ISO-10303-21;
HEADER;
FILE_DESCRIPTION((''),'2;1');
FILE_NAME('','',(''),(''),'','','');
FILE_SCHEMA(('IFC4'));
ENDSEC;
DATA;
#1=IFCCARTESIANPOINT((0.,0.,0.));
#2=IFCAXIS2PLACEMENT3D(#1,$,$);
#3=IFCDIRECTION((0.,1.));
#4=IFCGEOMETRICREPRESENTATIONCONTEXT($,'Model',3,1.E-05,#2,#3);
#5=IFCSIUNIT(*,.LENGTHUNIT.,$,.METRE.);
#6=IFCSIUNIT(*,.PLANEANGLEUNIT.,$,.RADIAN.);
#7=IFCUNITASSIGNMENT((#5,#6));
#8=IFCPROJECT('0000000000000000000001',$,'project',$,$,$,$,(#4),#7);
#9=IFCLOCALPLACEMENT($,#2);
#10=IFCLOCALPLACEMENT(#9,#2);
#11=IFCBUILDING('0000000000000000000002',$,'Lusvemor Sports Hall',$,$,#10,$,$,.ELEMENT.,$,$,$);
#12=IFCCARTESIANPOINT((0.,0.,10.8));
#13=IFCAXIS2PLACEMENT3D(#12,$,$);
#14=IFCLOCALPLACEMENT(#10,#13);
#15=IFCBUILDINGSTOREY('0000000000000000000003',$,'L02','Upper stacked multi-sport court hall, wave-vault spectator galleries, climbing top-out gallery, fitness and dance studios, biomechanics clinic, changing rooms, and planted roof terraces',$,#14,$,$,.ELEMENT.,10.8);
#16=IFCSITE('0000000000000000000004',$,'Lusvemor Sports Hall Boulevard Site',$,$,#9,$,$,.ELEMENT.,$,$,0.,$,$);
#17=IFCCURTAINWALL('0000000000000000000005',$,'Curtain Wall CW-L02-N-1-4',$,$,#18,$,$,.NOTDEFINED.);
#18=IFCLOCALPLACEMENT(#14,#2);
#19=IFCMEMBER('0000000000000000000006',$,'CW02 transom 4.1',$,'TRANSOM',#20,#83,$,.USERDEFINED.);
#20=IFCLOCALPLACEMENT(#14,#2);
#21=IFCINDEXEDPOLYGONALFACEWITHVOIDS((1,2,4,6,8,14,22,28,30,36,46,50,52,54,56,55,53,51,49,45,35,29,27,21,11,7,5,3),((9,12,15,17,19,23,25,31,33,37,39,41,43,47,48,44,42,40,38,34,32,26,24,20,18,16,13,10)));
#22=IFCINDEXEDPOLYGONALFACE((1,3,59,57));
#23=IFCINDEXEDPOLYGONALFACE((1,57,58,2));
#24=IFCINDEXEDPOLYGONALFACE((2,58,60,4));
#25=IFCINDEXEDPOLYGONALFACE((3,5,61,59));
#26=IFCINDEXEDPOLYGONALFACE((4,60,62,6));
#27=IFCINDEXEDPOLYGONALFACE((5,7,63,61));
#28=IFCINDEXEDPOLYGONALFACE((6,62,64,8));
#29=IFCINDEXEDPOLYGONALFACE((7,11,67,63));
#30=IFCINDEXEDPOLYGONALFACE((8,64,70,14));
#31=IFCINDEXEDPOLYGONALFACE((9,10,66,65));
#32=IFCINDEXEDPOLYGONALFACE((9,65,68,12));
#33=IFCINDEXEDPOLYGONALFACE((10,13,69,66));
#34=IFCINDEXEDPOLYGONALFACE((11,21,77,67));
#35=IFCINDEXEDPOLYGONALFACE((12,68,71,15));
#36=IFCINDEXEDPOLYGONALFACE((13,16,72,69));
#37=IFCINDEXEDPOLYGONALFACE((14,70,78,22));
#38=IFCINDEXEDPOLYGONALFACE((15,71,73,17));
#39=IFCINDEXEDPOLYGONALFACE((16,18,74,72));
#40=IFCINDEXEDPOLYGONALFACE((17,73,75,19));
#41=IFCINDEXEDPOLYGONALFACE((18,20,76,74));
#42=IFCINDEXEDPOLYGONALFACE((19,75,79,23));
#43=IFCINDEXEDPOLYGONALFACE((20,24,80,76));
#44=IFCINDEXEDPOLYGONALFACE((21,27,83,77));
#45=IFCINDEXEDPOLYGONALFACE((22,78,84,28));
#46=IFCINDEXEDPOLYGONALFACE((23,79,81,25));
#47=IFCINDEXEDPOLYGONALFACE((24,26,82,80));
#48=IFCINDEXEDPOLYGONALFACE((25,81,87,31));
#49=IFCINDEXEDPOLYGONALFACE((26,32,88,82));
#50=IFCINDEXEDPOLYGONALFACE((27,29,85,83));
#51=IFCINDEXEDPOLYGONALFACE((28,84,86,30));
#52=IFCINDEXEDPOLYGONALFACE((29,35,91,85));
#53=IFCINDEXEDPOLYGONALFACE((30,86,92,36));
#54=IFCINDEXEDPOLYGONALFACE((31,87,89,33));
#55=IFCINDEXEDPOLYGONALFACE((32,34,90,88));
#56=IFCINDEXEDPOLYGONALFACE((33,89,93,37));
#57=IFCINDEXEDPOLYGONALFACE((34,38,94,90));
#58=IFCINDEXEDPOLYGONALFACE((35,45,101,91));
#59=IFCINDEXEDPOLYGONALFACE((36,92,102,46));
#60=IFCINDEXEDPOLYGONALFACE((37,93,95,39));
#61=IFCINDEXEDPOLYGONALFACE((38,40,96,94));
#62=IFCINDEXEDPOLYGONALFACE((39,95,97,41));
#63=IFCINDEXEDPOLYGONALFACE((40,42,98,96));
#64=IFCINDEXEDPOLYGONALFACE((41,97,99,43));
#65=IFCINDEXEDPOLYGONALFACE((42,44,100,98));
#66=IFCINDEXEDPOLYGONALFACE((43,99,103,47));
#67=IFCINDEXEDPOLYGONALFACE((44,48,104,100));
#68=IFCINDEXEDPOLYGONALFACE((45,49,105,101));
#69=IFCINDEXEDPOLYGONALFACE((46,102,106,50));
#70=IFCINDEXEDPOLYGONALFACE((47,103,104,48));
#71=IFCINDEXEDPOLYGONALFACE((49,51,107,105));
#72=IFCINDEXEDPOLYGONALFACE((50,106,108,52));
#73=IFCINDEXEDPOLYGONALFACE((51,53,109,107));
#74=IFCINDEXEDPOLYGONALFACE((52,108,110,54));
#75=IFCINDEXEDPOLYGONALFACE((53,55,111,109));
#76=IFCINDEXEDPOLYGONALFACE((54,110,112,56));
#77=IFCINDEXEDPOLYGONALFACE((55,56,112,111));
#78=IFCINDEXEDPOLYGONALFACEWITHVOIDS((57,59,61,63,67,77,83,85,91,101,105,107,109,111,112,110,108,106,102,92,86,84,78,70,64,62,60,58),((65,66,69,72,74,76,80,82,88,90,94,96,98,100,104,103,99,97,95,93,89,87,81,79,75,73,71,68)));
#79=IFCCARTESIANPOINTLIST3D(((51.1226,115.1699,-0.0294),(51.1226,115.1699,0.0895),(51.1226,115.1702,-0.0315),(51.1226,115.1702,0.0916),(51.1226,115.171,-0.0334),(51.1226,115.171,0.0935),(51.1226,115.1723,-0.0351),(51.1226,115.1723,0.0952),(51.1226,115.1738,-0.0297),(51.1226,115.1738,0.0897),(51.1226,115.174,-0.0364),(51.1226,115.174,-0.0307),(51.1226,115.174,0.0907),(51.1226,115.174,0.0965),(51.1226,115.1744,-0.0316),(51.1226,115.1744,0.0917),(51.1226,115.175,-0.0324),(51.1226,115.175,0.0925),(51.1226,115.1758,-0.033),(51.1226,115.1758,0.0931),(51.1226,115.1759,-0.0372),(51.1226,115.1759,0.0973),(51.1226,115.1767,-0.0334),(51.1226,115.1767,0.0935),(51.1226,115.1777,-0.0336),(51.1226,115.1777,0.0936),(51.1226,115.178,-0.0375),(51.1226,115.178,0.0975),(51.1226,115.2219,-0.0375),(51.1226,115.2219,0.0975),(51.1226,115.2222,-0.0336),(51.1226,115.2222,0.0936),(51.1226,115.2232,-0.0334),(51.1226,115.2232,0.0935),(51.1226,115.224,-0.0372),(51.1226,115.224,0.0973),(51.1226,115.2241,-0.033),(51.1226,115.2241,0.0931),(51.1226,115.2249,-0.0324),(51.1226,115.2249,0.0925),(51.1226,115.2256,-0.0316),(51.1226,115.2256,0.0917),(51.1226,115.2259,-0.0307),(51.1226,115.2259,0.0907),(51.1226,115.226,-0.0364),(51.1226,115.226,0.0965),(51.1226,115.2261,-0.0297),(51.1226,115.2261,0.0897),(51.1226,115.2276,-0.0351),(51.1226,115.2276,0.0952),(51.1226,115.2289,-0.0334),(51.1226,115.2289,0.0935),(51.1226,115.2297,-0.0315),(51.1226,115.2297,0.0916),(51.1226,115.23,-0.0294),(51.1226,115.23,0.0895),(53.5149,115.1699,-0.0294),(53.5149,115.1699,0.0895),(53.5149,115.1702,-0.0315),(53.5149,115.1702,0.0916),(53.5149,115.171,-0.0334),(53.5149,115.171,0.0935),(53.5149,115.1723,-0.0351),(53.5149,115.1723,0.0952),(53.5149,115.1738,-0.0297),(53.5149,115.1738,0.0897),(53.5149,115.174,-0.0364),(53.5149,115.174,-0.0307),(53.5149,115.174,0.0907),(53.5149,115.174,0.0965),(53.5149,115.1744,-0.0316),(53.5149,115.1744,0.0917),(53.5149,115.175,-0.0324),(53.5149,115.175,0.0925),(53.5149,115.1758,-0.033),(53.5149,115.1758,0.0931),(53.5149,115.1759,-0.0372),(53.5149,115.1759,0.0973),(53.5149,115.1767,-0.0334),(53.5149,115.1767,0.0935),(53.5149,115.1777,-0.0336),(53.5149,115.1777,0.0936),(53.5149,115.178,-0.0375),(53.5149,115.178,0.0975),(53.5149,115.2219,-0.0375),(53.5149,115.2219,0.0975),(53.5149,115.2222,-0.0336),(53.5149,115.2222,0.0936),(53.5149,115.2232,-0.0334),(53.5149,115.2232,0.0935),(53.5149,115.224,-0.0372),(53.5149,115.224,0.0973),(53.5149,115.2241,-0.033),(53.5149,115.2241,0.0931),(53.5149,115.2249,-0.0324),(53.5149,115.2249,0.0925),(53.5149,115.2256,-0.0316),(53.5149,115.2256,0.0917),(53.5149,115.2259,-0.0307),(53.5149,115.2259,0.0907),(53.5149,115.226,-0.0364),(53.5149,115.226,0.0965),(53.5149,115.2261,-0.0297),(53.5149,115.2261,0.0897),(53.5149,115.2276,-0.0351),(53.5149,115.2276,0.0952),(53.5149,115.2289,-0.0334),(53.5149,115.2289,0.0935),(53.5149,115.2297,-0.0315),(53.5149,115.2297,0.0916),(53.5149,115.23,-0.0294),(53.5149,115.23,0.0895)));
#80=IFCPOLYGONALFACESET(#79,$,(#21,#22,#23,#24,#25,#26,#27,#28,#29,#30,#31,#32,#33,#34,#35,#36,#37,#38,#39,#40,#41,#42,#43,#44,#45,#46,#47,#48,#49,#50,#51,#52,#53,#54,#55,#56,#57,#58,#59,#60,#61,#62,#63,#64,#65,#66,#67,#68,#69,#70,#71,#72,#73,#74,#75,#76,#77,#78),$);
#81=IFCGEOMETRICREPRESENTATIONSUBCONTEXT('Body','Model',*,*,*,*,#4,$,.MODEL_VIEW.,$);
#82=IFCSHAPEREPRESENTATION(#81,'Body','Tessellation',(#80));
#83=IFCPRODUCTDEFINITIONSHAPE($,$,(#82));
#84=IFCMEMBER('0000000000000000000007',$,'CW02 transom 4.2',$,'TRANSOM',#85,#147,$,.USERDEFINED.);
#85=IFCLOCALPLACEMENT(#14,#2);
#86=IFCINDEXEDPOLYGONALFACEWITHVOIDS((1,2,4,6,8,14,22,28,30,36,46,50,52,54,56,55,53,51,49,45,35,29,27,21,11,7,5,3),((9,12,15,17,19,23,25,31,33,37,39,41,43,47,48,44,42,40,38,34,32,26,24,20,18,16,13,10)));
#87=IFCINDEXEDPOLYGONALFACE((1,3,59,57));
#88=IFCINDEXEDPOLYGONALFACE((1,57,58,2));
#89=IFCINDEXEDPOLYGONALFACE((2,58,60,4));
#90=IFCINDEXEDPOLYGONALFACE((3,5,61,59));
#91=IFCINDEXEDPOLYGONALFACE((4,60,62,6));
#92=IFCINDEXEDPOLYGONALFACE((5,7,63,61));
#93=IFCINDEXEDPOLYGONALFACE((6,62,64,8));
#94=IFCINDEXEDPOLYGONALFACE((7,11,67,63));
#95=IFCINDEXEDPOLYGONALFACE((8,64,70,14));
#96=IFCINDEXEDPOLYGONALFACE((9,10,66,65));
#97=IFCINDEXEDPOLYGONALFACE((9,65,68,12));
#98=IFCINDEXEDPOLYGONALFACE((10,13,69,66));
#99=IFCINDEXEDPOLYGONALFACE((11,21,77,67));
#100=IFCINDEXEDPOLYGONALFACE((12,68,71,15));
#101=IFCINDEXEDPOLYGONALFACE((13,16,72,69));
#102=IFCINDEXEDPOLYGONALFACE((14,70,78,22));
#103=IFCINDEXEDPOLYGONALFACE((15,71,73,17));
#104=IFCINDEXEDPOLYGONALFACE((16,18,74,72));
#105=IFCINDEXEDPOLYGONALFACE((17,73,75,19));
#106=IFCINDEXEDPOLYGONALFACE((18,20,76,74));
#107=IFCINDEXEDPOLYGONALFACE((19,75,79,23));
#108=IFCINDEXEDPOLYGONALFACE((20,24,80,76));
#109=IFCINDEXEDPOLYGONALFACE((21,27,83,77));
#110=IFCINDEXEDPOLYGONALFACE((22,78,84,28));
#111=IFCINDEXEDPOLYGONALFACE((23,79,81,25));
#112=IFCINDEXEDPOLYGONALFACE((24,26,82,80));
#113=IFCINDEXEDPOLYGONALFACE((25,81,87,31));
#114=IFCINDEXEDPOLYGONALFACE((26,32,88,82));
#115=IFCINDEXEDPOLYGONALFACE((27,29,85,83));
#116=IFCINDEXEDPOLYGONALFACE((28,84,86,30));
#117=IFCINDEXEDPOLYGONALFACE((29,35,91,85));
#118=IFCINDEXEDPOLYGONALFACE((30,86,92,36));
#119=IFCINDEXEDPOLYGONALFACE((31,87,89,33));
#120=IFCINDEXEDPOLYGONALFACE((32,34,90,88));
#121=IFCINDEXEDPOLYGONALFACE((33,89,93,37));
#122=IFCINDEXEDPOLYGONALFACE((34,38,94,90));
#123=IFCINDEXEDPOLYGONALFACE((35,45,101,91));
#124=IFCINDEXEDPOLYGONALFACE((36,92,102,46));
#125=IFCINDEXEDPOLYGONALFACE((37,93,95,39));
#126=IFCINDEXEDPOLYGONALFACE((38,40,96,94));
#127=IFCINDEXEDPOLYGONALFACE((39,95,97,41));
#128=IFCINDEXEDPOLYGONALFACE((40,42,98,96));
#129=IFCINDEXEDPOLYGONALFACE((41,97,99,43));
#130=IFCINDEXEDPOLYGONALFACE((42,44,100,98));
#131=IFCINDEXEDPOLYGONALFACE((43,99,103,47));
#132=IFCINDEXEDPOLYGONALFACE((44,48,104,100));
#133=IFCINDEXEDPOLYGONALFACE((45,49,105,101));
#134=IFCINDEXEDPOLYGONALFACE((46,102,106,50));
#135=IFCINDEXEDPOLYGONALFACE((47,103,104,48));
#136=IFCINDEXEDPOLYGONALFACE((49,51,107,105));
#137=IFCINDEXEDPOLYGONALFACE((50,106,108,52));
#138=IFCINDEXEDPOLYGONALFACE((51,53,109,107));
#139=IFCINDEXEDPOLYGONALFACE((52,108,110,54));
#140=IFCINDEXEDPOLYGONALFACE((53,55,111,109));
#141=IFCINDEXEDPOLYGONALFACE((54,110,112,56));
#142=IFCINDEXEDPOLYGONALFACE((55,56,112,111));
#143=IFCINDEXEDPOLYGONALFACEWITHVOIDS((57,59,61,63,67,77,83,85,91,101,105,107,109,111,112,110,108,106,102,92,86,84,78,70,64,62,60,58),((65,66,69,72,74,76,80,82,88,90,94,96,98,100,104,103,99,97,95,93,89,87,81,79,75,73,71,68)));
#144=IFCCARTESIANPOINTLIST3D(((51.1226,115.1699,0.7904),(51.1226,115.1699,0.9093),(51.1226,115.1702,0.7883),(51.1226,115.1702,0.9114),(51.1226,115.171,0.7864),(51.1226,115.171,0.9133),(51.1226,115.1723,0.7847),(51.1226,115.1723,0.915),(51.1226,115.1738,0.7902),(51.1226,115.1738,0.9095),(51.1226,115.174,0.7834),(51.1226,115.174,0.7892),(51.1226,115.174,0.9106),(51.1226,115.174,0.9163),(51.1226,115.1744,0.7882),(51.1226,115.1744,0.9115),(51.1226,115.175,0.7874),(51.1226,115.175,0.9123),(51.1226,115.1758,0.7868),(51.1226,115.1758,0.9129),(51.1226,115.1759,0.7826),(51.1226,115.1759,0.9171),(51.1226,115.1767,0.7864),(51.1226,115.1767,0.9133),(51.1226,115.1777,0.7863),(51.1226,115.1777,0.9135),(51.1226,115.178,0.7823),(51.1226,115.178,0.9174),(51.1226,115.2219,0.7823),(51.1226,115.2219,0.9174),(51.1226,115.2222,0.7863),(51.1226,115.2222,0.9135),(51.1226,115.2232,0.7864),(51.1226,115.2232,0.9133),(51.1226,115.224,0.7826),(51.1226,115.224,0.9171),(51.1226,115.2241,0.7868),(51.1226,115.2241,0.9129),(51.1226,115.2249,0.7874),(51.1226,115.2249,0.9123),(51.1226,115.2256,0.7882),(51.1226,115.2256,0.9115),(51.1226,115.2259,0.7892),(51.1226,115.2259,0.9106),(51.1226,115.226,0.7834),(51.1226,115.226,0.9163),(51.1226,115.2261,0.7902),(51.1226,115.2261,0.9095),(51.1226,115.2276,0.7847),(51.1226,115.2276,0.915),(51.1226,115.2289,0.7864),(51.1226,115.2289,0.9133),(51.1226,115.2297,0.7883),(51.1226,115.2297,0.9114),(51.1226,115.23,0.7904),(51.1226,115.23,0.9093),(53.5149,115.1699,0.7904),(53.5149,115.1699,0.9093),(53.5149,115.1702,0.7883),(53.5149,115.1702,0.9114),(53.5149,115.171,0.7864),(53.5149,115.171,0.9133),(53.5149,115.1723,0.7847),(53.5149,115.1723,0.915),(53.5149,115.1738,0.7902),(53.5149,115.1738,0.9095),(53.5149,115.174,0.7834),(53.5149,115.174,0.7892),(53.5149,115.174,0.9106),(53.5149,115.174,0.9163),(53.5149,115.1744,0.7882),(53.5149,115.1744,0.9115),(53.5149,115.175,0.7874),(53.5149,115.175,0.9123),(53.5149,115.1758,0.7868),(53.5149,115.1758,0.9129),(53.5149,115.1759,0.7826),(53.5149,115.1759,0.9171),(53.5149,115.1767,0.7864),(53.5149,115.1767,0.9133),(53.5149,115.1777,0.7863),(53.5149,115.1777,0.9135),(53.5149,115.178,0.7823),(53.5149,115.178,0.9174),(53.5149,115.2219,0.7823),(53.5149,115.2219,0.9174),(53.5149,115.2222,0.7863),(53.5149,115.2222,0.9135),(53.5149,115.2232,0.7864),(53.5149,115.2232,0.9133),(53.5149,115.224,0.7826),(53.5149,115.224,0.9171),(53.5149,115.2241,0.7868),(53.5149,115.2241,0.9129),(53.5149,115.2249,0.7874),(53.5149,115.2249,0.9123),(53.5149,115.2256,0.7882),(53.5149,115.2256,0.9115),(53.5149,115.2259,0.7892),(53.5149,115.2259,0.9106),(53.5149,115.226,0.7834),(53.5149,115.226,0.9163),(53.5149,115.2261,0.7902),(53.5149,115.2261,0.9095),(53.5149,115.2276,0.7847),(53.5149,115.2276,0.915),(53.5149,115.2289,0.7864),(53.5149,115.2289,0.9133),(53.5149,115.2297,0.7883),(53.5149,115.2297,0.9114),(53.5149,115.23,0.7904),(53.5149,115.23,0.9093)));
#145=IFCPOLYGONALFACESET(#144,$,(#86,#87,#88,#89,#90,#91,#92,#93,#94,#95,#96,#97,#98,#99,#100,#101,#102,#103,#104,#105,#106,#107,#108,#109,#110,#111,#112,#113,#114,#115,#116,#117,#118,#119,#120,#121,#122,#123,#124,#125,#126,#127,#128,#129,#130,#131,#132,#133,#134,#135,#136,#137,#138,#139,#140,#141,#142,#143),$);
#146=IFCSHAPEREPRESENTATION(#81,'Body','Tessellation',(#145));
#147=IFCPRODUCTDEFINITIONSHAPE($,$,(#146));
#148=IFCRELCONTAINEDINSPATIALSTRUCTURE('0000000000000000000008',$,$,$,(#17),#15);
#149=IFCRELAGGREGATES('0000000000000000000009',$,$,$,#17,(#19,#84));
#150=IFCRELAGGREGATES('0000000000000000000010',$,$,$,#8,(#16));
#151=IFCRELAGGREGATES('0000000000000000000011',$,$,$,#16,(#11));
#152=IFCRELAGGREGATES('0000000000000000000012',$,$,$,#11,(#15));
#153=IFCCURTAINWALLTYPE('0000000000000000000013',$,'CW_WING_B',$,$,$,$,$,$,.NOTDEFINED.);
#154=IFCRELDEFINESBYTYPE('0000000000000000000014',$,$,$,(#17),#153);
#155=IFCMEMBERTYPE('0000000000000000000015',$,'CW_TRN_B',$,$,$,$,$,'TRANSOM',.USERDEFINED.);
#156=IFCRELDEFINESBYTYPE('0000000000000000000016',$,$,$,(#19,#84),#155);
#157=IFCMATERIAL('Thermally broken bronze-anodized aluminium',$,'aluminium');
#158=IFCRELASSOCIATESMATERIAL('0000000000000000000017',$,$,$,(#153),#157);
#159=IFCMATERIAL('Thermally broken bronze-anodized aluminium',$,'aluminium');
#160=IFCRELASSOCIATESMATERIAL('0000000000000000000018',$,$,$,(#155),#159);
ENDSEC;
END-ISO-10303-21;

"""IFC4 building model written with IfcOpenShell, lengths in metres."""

from ifc_helpers import new_model, si_unit, direction, frame, origin, origin_2d, place, context, subcontext, project, spatial, hollow_rectangle, extrude, material, material_profile, profile_set, type_object, element, aggregate, save


model = new_model("IFC4")

# Units and contexts
model_context = context("Model", 3, precision=1e-05, world=origin(), true_north=direction((0.0, 1.0)))
body_context = subcontext(model_context, "Body", "Model", "MODEL_VIEW")
ifc_project = project(units=[si_unit("LENGTHUNIT", "METRE"), si_unit("PLANEANGLEUNIT", "RADIAN")], contexts=[model_context])

# Site, building, storey
site_placement = place(None, origin())
site = spatial("IfcSite", under=ifc_project, at=site_placement, Name="Lusvemor Sports Hall Boulevard Site", CompositionType="ELEMENT", RefElevation=0.0)
building_placement = place(site_placement, origin())
building = spatial("IfcBuilding", under=site, at=building_placement, Name="Lusvemor Sports Hall", CompositionType="ELEMENT")
storey_placement = place(building_placement, frame((0.0, 0.0, 10.8)))
storey = spatial("IfcBuildingStorey", under=building, at=storey_placement, Name="L02", Description="Upper stacked multi-sport court hall, wave-vault spectator galleries, climbing top-out gallery, fitness and dance studios, biomechanics clinic, changing rooms, and planted roof terraces", CompositionType="ELEMENT", Elevation=10.8)

# Curtain wall, members
ifc_material_1 = material(Name="Thermally broken bronze-anodized aluminium", Category="aluminium")
curtain_wall_type = type_object("IfcCurtainWallType", Name="CW_WING_B", PredefinedType="NOTDEFINED", material=ifc_material_1)
curtain_wall_placement = place(storey_placement, origin())
curtain_wall = element("IfcCurtainWall", 1, at=curtain_wall_placement, inside=storey, type_object=curtain_wall_type, Name="Curtain Wall CW-L02-N-1-4", PredefinedType="NOTDEFINED")
ifc_material_2 = material(Name="Thermally broken bronze-anodized aluminium", Category="aluminium")
ifc_material_profile_1 = material_profile(ifc_material_2, hollow_rectangle(XDim=0.0601, YDim=0.135, WallThickness=0.0039, InnerFilletRadius=0.0039, OuterFilletRadius=0.0081, at=origin_2d()), Name="CWTRN135x60x4")
ifc_profile_set_1 = profile_set([ifc_material_profile_1], Name="Thermally broken bronze-anodized aluminium")
member_type_1 = type_object("IfcMemberType", Name="CW_TRN_B", ElementType="TRANSOM", PredefinedType="USERDEFINED", material=ifc_profile_set_1)
member_1_placement = place(storey_placement, frame((51.1226, 115.2, 0.03), z_axis=(1.0, 0.0, 0.0), x_axis=(0.0, 1.0, 0.0)))
member_1 = element("IfcMember", 2, at=member_1_placement, type_object=member_type_1, Name="CW02 transom 4.1", ObjectType="TRANSOM", PredefinedType="USERDEFINED", context=body_context, shape_type="SweptSolid", body=[
    extrude(hollow_rectangle(XDim=0.0601, YDim=0.135, WallThickness=0.0039, InnerFilletRadius=0.0039, OuterFilletRadius=0.0081, at=origin_2d()), origin(), (0.0, 0.0, 1.0), 2.3923),
])
member_2_placement = place(storey_placement, frame((51.1226, 115.2, 0.8499), z_axis=(1.0, 0.0, 0.0), x_axis=(0.0, 1.0, 0.0)))
member_2 = element("IfcMember", 3, at=member_2_placement, type_object=member_type_1, Name="CW02 transom 4.2", ObjectType="TRANSOM", PredefinedType="USERDEFINED", context=body_context, shape_type="SweptSolid", body=[
    extrude(hollow_rectangle(XDim=0.0601, YDim=0.135, WallThickness=0.0039, InnerFilletRadius=0.0039, OuterFilletRadius=0.0081, at=origin_2d()), origin(), (0.0, 0.0, 1.0), 2.3923),
])

aggregate(curtain_wall, [member_1, member_2])

save(model, "model.ifc")
